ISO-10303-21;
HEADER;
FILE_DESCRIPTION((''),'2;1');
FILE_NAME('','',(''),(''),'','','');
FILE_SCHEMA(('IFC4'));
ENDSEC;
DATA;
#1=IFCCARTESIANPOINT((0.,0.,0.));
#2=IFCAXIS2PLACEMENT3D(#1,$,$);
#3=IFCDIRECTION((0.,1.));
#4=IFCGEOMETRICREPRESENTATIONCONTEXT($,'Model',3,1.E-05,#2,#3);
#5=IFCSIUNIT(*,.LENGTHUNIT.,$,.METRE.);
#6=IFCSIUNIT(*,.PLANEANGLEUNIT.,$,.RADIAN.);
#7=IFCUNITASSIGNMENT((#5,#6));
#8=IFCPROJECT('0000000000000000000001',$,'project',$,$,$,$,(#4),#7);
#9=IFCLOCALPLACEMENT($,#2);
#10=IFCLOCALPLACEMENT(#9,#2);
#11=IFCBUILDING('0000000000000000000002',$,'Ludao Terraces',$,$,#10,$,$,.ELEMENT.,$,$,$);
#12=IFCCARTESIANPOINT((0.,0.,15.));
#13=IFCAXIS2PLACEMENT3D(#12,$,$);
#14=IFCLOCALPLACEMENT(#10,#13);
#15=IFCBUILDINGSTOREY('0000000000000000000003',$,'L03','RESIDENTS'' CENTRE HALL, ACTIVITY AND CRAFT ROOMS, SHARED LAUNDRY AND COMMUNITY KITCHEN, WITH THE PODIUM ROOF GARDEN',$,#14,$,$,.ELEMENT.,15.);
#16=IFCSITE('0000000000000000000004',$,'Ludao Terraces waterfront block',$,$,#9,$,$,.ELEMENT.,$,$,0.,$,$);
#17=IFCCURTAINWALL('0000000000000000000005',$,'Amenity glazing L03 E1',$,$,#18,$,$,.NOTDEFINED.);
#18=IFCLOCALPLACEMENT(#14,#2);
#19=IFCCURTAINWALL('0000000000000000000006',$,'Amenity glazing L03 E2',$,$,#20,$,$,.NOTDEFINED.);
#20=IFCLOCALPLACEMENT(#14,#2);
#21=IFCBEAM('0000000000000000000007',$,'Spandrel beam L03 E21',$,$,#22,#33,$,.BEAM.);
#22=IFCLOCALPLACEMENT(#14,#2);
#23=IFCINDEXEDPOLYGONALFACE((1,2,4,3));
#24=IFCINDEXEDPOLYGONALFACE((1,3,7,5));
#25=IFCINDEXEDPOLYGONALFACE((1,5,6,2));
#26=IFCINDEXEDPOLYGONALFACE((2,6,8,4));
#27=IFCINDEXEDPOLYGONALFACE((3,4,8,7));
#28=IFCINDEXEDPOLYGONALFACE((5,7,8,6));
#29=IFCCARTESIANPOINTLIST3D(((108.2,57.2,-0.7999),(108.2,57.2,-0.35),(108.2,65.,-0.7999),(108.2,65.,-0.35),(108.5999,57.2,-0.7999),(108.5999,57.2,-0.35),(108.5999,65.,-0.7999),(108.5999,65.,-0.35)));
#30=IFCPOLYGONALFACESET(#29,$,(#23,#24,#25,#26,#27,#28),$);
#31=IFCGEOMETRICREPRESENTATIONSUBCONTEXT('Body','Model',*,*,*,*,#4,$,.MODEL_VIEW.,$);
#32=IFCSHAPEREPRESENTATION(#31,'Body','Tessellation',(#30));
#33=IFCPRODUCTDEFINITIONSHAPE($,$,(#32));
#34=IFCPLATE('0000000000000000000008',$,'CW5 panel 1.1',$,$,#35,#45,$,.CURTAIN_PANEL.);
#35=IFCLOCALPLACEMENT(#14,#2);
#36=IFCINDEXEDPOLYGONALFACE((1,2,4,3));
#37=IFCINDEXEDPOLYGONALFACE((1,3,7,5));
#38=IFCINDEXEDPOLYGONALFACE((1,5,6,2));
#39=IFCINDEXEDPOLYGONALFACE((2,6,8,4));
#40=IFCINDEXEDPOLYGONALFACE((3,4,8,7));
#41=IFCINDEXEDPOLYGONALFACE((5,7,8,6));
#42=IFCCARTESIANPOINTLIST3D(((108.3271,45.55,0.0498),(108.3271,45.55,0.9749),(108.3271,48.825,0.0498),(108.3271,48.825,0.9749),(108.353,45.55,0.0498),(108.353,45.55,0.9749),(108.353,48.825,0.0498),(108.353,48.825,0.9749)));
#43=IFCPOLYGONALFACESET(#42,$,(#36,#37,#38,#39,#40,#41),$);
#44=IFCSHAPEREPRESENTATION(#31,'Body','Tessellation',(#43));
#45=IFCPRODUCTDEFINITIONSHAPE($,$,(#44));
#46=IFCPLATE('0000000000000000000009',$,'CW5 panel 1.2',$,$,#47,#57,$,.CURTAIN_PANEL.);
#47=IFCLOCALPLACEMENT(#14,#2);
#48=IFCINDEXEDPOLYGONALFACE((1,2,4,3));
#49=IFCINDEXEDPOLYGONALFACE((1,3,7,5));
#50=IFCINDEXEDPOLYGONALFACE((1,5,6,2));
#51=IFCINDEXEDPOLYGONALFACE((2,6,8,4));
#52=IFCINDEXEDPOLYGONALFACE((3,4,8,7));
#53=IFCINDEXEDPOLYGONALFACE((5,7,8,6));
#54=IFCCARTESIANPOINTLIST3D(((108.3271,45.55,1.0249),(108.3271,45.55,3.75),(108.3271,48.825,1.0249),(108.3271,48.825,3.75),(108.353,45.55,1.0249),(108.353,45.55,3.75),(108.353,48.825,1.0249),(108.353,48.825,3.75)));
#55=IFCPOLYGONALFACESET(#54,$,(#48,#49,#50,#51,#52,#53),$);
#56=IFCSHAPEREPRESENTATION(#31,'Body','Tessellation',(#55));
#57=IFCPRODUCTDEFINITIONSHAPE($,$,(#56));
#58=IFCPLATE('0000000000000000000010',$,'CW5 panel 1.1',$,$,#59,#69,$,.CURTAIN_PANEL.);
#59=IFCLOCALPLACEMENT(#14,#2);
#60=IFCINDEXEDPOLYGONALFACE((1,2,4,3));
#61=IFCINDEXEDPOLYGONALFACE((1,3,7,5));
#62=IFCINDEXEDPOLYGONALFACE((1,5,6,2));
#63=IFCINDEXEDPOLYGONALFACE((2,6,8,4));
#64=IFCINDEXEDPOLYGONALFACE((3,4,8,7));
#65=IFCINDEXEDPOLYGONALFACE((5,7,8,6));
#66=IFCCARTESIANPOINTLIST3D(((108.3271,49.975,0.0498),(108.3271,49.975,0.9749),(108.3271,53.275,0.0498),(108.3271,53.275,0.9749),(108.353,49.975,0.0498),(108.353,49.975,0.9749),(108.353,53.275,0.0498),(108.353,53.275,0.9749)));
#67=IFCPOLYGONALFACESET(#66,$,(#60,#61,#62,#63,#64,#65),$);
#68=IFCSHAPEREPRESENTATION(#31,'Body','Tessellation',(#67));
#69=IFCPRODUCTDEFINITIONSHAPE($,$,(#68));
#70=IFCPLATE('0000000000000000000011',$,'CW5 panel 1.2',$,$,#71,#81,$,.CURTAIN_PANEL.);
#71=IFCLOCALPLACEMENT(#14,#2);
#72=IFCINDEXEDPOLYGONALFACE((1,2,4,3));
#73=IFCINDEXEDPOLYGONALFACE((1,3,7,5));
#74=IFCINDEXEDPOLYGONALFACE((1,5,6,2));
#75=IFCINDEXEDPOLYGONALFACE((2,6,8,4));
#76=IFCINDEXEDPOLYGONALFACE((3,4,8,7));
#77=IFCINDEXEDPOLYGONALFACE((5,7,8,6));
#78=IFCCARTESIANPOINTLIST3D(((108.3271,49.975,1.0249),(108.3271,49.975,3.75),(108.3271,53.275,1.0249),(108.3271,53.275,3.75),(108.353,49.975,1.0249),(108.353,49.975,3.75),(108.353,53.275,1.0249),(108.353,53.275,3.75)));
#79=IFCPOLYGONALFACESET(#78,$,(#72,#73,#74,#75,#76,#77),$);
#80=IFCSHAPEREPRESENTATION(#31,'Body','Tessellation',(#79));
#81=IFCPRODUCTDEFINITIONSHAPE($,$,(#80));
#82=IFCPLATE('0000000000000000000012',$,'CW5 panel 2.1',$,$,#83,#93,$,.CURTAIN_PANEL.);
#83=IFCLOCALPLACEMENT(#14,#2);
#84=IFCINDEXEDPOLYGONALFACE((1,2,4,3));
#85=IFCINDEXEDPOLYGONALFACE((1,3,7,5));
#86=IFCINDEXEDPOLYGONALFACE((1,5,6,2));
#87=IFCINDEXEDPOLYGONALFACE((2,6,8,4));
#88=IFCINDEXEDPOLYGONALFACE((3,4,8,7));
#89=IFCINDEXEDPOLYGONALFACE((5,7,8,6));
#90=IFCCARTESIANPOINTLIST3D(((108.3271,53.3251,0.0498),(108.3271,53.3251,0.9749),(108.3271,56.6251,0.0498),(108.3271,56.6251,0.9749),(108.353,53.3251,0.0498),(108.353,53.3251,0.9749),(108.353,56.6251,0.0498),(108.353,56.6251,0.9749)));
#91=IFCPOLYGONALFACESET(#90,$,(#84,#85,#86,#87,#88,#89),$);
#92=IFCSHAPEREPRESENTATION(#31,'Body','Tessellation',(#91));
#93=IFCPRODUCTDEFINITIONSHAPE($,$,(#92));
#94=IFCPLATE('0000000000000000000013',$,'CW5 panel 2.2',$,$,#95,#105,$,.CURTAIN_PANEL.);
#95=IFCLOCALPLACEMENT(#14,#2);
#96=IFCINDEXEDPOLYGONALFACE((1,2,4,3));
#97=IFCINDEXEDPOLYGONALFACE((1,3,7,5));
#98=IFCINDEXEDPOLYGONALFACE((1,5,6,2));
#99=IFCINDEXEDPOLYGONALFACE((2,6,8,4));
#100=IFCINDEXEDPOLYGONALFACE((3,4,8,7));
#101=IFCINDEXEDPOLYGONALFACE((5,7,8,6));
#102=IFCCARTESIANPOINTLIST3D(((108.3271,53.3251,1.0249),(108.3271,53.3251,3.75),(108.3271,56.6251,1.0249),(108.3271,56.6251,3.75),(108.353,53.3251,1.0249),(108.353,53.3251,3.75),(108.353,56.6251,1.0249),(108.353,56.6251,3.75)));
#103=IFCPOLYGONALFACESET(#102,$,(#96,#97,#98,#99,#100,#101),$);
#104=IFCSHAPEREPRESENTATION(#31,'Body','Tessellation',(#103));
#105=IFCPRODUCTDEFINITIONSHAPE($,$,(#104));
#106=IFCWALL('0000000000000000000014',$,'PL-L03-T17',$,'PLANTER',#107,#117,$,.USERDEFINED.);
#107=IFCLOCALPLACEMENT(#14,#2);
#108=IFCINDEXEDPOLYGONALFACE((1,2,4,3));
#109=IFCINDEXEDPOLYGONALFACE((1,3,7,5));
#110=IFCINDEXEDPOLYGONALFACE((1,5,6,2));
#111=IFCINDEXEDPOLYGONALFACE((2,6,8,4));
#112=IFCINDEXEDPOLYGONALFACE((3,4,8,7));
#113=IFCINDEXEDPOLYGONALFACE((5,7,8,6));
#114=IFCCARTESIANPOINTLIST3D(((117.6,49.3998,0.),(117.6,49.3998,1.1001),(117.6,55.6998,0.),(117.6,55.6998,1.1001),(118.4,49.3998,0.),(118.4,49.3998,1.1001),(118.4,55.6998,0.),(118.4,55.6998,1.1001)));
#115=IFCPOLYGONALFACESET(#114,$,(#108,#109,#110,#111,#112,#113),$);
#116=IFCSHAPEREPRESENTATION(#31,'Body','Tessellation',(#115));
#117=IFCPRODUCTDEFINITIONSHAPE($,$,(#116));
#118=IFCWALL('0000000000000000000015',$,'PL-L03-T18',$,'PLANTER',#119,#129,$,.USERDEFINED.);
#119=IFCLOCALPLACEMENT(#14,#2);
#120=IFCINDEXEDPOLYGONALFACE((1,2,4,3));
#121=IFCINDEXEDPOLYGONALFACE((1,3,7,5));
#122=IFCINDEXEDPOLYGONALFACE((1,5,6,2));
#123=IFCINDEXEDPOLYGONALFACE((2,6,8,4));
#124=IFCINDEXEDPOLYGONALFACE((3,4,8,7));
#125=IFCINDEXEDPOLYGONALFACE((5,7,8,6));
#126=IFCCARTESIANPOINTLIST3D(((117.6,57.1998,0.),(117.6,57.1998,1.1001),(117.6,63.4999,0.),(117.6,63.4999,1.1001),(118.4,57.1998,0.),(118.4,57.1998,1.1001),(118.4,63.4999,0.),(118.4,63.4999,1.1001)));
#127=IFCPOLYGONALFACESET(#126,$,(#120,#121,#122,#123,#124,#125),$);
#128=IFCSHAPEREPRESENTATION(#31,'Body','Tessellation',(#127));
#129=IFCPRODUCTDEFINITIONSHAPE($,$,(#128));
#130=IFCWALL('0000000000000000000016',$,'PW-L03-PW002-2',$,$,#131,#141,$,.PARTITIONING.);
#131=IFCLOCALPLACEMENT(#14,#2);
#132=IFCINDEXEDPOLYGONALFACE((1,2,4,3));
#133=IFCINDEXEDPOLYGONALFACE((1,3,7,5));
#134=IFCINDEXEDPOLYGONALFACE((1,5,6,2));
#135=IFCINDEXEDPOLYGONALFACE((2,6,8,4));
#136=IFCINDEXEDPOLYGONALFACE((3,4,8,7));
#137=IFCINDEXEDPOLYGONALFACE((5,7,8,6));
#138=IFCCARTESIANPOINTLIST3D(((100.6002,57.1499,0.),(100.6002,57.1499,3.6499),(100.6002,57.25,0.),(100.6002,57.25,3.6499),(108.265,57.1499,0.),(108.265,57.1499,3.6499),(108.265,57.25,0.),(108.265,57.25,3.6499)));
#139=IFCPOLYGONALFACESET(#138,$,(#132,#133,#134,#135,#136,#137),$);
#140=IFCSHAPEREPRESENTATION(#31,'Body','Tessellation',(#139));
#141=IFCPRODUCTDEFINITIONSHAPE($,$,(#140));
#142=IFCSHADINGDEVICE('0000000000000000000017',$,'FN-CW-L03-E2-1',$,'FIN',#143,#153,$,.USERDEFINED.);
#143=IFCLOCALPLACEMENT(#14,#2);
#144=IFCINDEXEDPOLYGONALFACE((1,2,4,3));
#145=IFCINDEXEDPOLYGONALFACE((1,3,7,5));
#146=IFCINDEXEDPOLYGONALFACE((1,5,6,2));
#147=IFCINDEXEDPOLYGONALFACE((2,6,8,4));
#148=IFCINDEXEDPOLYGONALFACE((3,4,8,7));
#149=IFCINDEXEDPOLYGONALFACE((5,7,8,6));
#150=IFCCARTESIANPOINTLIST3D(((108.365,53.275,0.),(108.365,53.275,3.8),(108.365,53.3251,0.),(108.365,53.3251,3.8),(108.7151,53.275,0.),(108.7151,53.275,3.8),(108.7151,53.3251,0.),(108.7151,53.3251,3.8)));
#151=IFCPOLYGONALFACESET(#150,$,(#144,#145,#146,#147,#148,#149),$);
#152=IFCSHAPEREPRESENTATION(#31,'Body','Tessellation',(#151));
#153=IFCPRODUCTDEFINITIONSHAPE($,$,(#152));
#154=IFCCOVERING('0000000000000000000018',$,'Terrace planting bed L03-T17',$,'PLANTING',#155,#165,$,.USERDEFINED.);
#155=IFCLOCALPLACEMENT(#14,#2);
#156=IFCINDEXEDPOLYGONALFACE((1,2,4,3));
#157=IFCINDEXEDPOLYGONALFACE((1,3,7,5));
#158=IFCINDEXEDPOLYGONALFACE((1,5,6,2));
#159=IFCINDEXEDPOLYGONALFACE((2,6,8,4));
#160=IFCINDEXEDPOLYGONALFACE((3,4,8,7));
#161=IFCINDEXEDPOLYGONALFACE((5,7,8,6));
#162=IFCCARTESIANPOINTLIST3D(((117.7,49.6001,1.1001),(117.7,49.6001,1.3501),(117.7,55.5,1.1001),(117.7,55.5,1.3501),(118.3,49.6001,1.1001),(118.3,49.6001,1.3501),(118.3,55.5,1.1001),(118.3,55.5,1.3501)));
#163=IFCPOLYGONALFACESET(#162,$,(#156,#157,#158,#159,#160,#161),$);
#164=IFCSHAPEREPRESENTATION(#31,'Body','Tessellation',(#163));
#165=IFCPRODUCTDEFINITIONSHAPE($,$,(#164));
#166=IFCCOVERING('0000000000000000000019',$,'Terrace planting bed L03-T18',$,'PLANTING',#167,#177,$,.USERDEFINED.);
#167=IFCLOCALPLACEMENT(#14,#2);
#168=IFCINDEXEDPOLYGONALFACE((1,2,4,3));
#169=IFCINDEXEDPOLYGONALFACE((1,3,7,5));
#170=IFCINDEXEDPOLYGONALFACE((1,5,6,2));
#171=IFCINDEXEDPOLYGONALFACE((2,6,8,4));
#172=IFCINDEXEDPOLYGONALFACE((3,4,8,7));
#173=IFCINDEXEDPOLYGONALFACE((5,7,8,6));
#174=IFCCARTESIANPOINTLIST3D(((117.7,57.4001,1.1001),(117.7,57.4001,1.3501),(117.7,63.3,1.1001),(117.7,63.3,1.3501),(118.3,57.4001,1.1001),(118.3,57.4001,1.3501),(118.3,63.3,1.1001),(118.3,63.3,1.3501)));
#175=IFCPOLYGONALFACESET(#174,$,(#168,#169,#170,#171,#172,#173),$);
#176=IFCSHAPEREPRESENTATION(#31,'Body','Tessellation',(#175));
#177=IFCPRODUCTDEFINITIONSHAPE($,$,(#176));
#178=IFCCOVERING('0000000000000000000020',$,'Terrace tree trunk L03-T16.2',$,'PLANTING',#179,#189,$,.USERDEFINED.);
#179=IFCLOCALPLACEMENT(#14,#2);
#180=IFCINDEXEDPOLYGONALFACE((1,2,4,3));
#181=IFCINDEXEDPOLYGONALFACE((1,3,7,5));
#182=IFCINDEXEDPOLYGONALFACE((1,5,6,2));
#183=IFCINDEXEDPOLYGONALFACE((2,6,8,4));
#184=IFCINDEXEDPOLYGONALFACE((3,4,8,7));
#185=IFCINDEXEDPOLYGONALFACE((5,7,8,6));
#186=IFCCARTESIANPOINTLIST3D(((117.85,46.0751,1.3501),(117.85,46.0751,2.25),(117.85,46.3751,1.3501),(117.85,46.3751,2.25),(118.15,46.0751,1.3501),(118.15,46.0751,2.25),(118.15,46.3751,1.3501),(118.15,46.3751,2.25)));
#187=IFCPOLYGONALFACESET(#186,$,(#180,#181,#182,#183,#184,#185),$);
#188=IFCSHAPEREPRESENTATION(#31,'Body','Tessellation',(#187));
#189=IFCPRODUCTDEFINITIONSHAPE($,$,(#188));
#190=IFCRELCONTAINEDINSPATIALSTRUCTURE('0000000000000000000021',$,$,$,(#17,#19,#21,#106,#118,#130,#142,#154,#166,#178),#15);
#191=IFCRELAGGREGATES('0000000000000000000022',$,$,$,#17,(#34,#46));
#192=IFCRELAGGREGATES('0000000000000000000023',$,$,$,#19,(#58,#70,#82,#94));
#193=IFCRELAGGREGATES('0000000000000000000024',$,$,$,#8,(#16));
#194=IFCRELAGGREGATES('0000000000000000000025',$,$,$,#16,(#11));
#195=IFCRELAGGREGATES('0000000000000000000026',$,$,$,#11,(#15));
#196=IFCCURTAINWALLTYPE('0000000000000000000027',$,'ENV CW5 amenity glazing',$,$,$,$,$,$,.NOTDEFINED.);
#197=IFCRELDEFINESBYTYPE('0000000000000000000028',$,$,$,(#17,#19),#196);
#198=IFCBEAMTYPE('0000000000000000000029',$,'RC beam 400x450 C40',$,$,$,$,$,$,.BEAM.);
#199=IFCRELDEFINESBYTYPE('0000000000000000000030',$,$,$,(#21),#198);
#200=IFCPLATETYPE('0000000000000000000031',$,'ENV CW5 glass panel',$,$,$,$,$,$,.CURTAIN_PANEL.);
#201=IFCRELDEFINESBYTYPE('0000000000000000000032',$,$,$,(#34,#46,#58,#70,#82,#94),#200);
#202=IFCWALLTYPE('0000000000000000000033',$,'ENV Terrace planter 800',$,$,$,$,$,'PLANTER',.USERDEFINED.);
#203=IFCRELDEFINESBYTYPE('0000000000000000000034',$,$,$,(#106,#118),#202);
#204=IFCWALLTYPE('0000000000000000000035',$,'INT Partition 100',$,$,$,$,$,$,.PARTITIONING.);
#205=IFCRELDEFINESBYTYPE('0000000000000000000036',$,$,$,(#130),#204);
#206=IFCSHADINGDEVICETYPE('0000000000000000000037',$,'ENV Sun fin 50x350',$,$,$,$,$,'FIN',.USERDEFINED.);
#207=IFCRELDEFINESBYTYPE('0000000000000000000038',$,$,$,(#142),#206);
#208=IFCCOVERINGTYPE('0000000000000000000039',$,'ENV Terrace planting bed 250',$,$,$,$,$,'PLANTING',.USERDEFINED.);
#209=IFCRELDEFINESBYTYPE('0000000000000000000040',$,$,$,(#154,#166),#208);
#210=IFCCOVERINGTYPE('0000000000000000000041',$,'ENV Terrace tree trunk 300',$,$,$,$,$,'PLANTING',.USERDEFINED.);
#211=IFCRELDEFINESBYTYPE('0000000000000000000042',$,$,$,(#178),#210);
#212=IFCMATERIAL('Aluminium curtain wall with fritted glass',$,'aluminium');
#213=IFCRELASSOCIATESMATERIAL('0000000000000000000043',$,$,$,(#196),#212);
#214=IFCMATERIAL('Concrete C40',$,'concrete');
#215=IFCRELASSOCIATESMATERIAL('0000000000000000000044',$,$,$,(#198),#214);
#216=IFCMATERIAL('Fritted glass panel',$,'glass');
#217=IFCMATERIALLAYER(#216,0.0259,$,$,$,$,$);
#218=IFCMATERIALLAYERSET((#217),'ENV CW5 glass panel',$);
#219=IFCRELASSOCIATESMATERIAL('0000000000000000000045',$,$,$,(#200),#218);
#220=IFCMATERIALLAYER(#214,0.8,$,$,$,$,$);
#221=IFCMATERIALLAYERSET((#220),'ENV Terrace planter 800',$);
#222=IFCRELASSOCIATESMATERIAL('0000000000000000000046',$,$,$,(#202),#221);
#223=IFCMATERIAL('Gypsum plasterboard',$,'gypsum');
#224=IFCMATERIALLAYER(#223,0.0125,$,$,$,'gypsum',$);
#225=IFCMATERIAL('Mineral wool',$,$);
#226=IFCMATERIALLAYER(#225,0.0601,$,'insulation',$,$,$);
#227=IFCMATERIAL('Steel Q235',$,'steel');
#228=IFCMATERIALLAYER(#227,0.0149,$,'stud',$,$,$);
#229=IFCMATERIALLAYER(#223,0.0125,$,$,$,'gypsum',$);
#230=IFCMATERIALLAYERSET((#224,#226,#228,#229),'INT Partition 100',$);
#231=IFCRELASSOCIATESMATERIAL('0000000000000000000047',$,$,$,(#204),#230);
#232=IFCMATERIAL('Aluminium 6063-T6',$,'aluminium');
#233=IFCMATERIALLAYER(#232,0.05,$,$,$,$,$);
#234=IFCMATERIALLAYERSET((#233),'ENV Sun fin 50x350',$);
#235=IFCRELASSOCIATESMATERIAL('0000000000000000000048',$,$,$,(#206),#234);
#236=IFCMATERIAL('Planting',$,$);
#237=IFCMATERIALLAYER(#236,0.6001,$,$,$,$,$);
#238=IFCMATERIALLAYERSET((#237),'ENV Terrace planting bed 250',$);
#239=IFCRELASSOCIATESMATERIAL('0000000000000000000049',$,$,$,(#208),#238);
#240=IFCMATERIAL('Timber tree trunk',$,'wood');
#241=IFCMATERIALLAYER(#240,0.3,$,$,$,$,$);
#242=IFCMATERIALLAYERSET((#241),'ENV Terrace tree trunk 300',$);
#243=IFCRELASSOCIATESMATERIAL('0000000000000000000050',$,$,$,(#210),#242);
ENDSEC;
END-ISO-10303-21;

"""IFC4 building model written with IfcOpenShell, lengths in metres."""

from ifc_helpers import new_model, si_unit, direction, frame, frame_2d, origin, origin_2d, place, context, subcontext, project, spatial, rectangle, extrude, material, layer, layer_set, material_profile, profile_set, type_object, element, aggregate, save


model = new_model("IFC4")

# Units and contexts
model_context = context("Model", 3, precision=1e-05, world=origin(), true_north=direction((0.0, 1.0)))
body_context = subcontext(model_context, "Body", "Model", "MODEL_VIEW")
ifc_project = project(units=[si_unit("LENGTHUNIT", "METRE"), si_unit("PLANEANGLEUNIT", "RADIAN")], contexts=[model_context])

# Site, building, storey
site_placement = place(None, origin())
site = spatial("IfcSite", under=ifc_project, at=site_placement, Name="Ludao Terraces waterfront block", CompositionType="ELEMENT", RefElevation=0.0)
building_placement = place(site_placement, origin())
building = spatial("IfcBuilding", under=site, at=building_placement, Name="Ludao Terraces", CompositionType="ELEMENT")
storey_placement = place(building_placement, frame((0.0, 0.0, 15.0)))
storey = spatial("IfcBuildingStorey", under=building, at=storey_placement, Name="L03", Description="RESIDENTS' CENTRE HALL, ACTIVITY AND CRAFT ROOMS, SHARED LAUNDRY AND COMMUNITY KITCHEN, WITH THE PODIUM ROOF GARDEN", CompositionType="ELEMENT", Elevation=15.0)

# Curtain wall
ifc_material_1 = material(Name="Aluminium curtain wall with fritted glass", Category="aluminium")
curtain_wall_type = type_object("IfcCurtainWallType", Name="ENV CW5 amenity glazing", PredefinedType="NOTDEFINED", material=ifc_material_1)
curtain_wall_1_placement = place(storey_placement, origin())
curtain_wall_1 = element("IfcCurtainWall", 1, at=curtain_wall_1_placement, inside=storey, type_object=curtain_wall_type, Name="Amenity glazing L03 E1", PredefinedType="NOTDEFINED")
ifc_material_2 = material(Name="Aluminium 6063-T6", Category="aluminium")

# Curtain wall
curtain_wall_2_placement = place(storey_placement, origin())
curtain_wall_2 = element("IfcCurtainWall", 2, at=curtain_wall_2_placement, inside=storey, type_object=curtain_wall_type, Name="Amenity glazing L03 E2", PredefinedType="NOTDEFINED")

# Beam
ifc_material_3 = material(Name="Concrete C40", Category="concrete")
ifc_material_profile_1 = material_profile(ifc_material_3, rectangle(XDim=0.3999, YDim=0.45, at=origin_2d()), Name="400 X 450")
ifc_profile_set_1 = profile_set([ifc_material_profile_1], Name="Concrete C40")
beam_type = type_object("IfcBeamType", Name="RC beam 400x450 C40", PredefinedType="BEAM", material=ifc_profile_set_1)
for number, where, z_axis, x_axis, name in (
    (3, (108.3999, 57.2, -0.575), (0.0, 1.0, 0.0), (-1.0, 0.0, 0.0), "Spandrel beam L03 E21"),
):
    element("IfcBeam", number, at=place(storey_placement, frame(where, z_axis=z_axis, x_axis=x_axis)), inside=storey, type_object=beam_type, Name=name, PredefinedType="BEAM", context=body_context, shape_type="SweptSolid", body=[
        extrude(rectangle(XDim=0.3999, YDim=0.45, at=origin_2d()), origin(), (0.0, 0.0, 1.0), 7.8),
    ])

# Plates
ifc_material_4 = material(Name="Fritted glass panel", Category="glass")
ifc_layer_1 = layer(ifc_material_4, 0.0259)
ifc_layer_set_1 = layer_set([ifc_layer_1], Name="ENV CW5 glass panel")
plate_type = type_object("IfcPlateType", Name="ENV CW5 glass panel", PredefinedType="CURTAIN_PANEL", material=ifc_layer_set_1)
plate_1_placement = place(storey_placement, frame((108.3401, 47.1875, 0.0498), z_axis=(0.0, 0.0, 1.0), x_axis=(0.0, 1.0, 0.0)))
plate_1 = element("IfcPlate", 4, at=plate_1_placement, type_object=plate_type, Name="CW5 panel 1.1", PredefinedType="CURTAIN_PANEL", context=body_context, shape_type="SweptSolid", body=[
    extrude(rectangle(XDim=3.2749, YDim=0.0259, at=origin_2d()), origin(), (0.0, 0.0, 1.0), 0.925),
])
plate_2_placement = place(storey_placement, frame((108.3401, 47.1875, 1.0249), z_axis=(0.0, 0.0, 1.0), x_axis=(0.0, 1.0, 0.0)))
plate_2 = element("IfcPlate", 5, at=plate_2_placement, type_object=plate_type, Name="CW5 panel 1.2", PredefinedType="CURTAIN_PANEL", context=body_context, shape_type="SweptSolid", body=[
    extrude(rectangle(XDim=3.2749, YDim=0.0259, at=origin_2d()), origin(), (0.0, 0.0, 1.0), 2.7251),
])
aggregate(curtain_wall_1, [plate_1, plate_2])
plate_3_placement = place(storey_placement, frame((108.3401, 51.625, 0.0498), z_axis=(0.0, 0.0, 1.0), x_axis=(0.0, 1.0, 0.0)))
plate_3 = element("IfcPlate", 6, at=plate_3_placement, type_object=plate_type, Name="CW5 panel 1.1", PredefinedType="CURTAIN_PANEL", context=body_context, shape_type="SweptSolid", body=[
    extrude(rectangle(XDim=3.3, YDim=0.0259, at=origin_2d()), origin(), (0.0, 0.0, 1.0), 0.925),
])
plate_4_placement = place(storey_placement, frame((108.3401, 51.625, 1.0249), z_axis=(0.0, 0.0, 1.0), x_axis=(0.0, 1.0, 0.0)))
plate_4 = element("IfcPlate", 7, at=plate_4_placement, type_object=plate_type, Name="CW5 panel 1.2", PredefinedType="CURTAIN_PANEL", context=body_context, shape_type="SweptSolid", body=[
    extrude(rectangle(XDim=3.3, YDim=0.0259, at=origin_2d()), origin(), (0.0, 0.0, 1.0), 2.7251),
])
plate_5_placement = place(storey_placement, frame((108.3401, 54.9751, 0.0498), z_axis=(0.0, 0.0, 1.0), x_axis=(0.0, 1.0, 0.0)))
plate_5 = element("IfcPlate", 8, at=plate_5_placement, type_object=plate_type, Name="CW5 panel 2.1", PredefinedType="CURTAIN_PANEL", context=body_context, shape_type="SweptSolid", body=[
    extrude(rectangle(XDim=3.3, YDim=0.0259, at=origin_2d()), origin(), (0.0, 0.0, 1.0), 0.925),
])
plate_6_placement = place(storey_placement, frame((108.3401, 54.9751, 1.0249), z_axis=(0.0, 0.0, 1.0), x_axis=(0.0, 1.0, 0.0)))
plate_6 = element("IfcPlate", 9, at=plate_6_placement, type_object=plate_type, Name="CW5 panel 2.2", PredefinedType="CURTAIN_PANEL", context=body_context, shape_type="SweptSolid", body=[
    extrude(rectangle(XDim=3.3, YDim=0.0259, at=origin_2d()), origin(), (0.0, 0.0, 1.0), 2.7251),
])
aggregate(curtain_wall_2, [plate_3, plate_4, plate_5, plate_6])

# Shared definitions
ifc_material_5 = material(Name="Mineral wool")

# Walls
ifc_layer_2 = layer(ifc_material_3, 0.8)
ifc_layer_set_2 = layer_set([ifc_layer_2], Name="ENV Terrace planter 800")
wall_type_1 = type_object("IfcWallType", Name="ENV Terrace planter 800", ElementType="PLANTER", PredefinedType="USERDEFINED", material=ifc_layer_set_2)
for number, where, z_axis, x_axis, name in (
    (10, (118.0, 49.3999, 0.0), (0.0, 0.0, 1.0), (0.0, 1.0, 0.0), "PL-L03-T17"),
    (11, (118.0, 57.2, 0.0), (0.0, 0.0, 1.0), (0.0, 1.0, 0.0), "PL-L03-T18"),
):
    element("IfcWall", number, at=place(storey_placement, frame(where, z_axis=z_axis, x_axis=x_axis)), inside=storey, type_object=wall_type_1, Name=name, ObjectType="PLANTER", PredefinedType="USERDEFINED", context=body_context, shape_type="SweptSolid", body=[
        extrude(rectangle(XDim=6.3, YDim=0.8, at=frame_2d((3.1499, 0.0))), origin(), (0.0, 0.0, 1.0), 1.1001),
    ])
ifc_material_6 = material(Name="Gypsum plasterboard", Category="gypsum")
ifc_layer_3 = layer(ifc_material_6, 0.0125, Category="gypsum")
ifc_layer_4 = layer(ifc_material_5, 0.0601, Name="insulation")
ifc_material_7 = material(Name="Steel Q235", Category="steel")
ifc_layer_5 = layer(ifc_material_7, 0.0149, Name="stud")
ifc_layer_6 = layer(ifc_material_6, 0.0125, Category="gypsum")
ifc_layer_set_3 = layer_set([ifc_layer_3, ifc_layer_4, ifc_layer_5, ifc_layer_6], Name="INT Partition 100")
wall_type_2 = type_object("IfcWallType", Name="INT Partition 100", PredefinedType="PARTITIONING", material=ifc_layer_set_3)
wall_1_placement = place(storey_placement, frame((100.6001, 57.2, 0.0), z_axis=(0.0, 0.0, 1.0), x_axis=(1.0, 0.0, 0.0)))
element("IfcWall", 12, at=wall_1_placement, inside=storey, type_object=wall_type_2, Name="PW-L03-PW002-2", PredefinedType="PARTITIONING", context=body_context, shape_type="SweptSolid", body=[
    extrude(rectangle(XDim=7.6648, YDim=0.1001, at=frame_2d((3.8325, 0.0))), origin(), (0.0, 0.0, 1.0), 3.6499),
])

# Shading device
ifc_layer_7 = layer(ifc_material_2, 0.05)
ifc_layer_set_4 = layer_set([ifc_layer_7], Name="ENV Sun fin 50x350")
shading_device_type = type_object("IfcShadingDeviceType", Name="ENV Sun fin 50x350", ElementType="FIN", PredefinedType="USERDEFINED", material=ifc_layer_set_4)
shading_device_placement = place(storey_placement, frame((108.54, 53.3, 0.0), z_axis=(0.0, 0.0, 1.0), x_axis=(1.0, 0.0, 0.0)))
element("IfcShadingDevice", 13, at=shading_device_placement, inside=storey, type_object=shading_device_type, Name="FN-CW-L03-E2-1", ObjectType="FIN", PredefinedType="USERDEFINED", context=body_context, shape_type="SweptSolid", body=[
    extrude(rectangle(XDim=0.3501, YDim=0.05, at=origin_2d()), origin(), (0.0, 0.0, 1.0), 3.8),
])

# Coverings
ifc_material_8 = material(Name="Planting")
ifc_layer_8 = layer(ifc_material_8, 0.6001)
ifc_layer_set_5 = layer_set([ifc_layer_8], Name="ENV Terrace planting bed 250")
covering_type_1 = type_object("IfcCoveringType", Name="ENV Terrace planting bed 250", ElementType="PLANTING", PredefinedType="USERDEFINED", material=ifc_layer_set_5)
for number, where, z_axis, x_axis, name in (
    (14, (118.0, 52.55, 1.1001), (0.0, 0.0, 1.0), (1.0, 0.0, 0.0), "Terrace planting bed L03-T17"),
    (15, (118.0, 60.3501, 1.1001), (0.0, 0.0, 1.0), (1.0, 0.0, 0.0), "Terrace planting bed L03-T18"),
):
    element("IfcCovering", number, at=place(storey_placement, frame(where, z_axis=z_axis, x_axis=x_axis)), inside=storey, type_object=covering_type_1, Name=name, ObjectType="PLANTING", PredefinedType="USERDEFINED", context=body_context, shape_type="SweptSolid", body=[
        extrude(rectangle(XDim=0.6001, YDim=5.8999, at=origin_2d()), origin(), (0.0, 0.0, 1.0), 0.25),
    ])
ifc_material_9 = material(Name="Timber tree trunk", Category="wood")
ifc_layer_9 = layer(ifc_material_9, 0.3)
ifc_layer_set_6 = layer_set([ifc_layer_9], Name="ENV Terrace tree trunk 300")
covering_type_2 = type_object("IfcCoveringType", Name="ENV Terrace tree trunk 300", ElementType="PLANTING", PredefinedType="USERDEFINED", material=ifc_layer_set_6)
for number, where, z_axis, x_axis, name in (
    (16, (118.0, 46.2251, 1.3501), (0.0, 0.0, 1.0), (1.0, 0.0, 0.0), "Terrace tree trunk L03-T16.2"),
):
    element("IfcCovering", number, at=place(storey_placement, frame(where, z_axis=z_axis, x_axis=x_axis)), inside=storey, type_object=covering_type_2, Name=name, ObjectType="PLANTING", PredefinedType="USERDEFINED", context=body_context, shape_type="SweptSolid", body=[
        extrude(rectangle(XDim=0.3, YDim=0.3, at=origin_2d()), origin(), (0.0, 0.0, 1.0), 0.8999),
    ])

save(model, "model.ifc")
